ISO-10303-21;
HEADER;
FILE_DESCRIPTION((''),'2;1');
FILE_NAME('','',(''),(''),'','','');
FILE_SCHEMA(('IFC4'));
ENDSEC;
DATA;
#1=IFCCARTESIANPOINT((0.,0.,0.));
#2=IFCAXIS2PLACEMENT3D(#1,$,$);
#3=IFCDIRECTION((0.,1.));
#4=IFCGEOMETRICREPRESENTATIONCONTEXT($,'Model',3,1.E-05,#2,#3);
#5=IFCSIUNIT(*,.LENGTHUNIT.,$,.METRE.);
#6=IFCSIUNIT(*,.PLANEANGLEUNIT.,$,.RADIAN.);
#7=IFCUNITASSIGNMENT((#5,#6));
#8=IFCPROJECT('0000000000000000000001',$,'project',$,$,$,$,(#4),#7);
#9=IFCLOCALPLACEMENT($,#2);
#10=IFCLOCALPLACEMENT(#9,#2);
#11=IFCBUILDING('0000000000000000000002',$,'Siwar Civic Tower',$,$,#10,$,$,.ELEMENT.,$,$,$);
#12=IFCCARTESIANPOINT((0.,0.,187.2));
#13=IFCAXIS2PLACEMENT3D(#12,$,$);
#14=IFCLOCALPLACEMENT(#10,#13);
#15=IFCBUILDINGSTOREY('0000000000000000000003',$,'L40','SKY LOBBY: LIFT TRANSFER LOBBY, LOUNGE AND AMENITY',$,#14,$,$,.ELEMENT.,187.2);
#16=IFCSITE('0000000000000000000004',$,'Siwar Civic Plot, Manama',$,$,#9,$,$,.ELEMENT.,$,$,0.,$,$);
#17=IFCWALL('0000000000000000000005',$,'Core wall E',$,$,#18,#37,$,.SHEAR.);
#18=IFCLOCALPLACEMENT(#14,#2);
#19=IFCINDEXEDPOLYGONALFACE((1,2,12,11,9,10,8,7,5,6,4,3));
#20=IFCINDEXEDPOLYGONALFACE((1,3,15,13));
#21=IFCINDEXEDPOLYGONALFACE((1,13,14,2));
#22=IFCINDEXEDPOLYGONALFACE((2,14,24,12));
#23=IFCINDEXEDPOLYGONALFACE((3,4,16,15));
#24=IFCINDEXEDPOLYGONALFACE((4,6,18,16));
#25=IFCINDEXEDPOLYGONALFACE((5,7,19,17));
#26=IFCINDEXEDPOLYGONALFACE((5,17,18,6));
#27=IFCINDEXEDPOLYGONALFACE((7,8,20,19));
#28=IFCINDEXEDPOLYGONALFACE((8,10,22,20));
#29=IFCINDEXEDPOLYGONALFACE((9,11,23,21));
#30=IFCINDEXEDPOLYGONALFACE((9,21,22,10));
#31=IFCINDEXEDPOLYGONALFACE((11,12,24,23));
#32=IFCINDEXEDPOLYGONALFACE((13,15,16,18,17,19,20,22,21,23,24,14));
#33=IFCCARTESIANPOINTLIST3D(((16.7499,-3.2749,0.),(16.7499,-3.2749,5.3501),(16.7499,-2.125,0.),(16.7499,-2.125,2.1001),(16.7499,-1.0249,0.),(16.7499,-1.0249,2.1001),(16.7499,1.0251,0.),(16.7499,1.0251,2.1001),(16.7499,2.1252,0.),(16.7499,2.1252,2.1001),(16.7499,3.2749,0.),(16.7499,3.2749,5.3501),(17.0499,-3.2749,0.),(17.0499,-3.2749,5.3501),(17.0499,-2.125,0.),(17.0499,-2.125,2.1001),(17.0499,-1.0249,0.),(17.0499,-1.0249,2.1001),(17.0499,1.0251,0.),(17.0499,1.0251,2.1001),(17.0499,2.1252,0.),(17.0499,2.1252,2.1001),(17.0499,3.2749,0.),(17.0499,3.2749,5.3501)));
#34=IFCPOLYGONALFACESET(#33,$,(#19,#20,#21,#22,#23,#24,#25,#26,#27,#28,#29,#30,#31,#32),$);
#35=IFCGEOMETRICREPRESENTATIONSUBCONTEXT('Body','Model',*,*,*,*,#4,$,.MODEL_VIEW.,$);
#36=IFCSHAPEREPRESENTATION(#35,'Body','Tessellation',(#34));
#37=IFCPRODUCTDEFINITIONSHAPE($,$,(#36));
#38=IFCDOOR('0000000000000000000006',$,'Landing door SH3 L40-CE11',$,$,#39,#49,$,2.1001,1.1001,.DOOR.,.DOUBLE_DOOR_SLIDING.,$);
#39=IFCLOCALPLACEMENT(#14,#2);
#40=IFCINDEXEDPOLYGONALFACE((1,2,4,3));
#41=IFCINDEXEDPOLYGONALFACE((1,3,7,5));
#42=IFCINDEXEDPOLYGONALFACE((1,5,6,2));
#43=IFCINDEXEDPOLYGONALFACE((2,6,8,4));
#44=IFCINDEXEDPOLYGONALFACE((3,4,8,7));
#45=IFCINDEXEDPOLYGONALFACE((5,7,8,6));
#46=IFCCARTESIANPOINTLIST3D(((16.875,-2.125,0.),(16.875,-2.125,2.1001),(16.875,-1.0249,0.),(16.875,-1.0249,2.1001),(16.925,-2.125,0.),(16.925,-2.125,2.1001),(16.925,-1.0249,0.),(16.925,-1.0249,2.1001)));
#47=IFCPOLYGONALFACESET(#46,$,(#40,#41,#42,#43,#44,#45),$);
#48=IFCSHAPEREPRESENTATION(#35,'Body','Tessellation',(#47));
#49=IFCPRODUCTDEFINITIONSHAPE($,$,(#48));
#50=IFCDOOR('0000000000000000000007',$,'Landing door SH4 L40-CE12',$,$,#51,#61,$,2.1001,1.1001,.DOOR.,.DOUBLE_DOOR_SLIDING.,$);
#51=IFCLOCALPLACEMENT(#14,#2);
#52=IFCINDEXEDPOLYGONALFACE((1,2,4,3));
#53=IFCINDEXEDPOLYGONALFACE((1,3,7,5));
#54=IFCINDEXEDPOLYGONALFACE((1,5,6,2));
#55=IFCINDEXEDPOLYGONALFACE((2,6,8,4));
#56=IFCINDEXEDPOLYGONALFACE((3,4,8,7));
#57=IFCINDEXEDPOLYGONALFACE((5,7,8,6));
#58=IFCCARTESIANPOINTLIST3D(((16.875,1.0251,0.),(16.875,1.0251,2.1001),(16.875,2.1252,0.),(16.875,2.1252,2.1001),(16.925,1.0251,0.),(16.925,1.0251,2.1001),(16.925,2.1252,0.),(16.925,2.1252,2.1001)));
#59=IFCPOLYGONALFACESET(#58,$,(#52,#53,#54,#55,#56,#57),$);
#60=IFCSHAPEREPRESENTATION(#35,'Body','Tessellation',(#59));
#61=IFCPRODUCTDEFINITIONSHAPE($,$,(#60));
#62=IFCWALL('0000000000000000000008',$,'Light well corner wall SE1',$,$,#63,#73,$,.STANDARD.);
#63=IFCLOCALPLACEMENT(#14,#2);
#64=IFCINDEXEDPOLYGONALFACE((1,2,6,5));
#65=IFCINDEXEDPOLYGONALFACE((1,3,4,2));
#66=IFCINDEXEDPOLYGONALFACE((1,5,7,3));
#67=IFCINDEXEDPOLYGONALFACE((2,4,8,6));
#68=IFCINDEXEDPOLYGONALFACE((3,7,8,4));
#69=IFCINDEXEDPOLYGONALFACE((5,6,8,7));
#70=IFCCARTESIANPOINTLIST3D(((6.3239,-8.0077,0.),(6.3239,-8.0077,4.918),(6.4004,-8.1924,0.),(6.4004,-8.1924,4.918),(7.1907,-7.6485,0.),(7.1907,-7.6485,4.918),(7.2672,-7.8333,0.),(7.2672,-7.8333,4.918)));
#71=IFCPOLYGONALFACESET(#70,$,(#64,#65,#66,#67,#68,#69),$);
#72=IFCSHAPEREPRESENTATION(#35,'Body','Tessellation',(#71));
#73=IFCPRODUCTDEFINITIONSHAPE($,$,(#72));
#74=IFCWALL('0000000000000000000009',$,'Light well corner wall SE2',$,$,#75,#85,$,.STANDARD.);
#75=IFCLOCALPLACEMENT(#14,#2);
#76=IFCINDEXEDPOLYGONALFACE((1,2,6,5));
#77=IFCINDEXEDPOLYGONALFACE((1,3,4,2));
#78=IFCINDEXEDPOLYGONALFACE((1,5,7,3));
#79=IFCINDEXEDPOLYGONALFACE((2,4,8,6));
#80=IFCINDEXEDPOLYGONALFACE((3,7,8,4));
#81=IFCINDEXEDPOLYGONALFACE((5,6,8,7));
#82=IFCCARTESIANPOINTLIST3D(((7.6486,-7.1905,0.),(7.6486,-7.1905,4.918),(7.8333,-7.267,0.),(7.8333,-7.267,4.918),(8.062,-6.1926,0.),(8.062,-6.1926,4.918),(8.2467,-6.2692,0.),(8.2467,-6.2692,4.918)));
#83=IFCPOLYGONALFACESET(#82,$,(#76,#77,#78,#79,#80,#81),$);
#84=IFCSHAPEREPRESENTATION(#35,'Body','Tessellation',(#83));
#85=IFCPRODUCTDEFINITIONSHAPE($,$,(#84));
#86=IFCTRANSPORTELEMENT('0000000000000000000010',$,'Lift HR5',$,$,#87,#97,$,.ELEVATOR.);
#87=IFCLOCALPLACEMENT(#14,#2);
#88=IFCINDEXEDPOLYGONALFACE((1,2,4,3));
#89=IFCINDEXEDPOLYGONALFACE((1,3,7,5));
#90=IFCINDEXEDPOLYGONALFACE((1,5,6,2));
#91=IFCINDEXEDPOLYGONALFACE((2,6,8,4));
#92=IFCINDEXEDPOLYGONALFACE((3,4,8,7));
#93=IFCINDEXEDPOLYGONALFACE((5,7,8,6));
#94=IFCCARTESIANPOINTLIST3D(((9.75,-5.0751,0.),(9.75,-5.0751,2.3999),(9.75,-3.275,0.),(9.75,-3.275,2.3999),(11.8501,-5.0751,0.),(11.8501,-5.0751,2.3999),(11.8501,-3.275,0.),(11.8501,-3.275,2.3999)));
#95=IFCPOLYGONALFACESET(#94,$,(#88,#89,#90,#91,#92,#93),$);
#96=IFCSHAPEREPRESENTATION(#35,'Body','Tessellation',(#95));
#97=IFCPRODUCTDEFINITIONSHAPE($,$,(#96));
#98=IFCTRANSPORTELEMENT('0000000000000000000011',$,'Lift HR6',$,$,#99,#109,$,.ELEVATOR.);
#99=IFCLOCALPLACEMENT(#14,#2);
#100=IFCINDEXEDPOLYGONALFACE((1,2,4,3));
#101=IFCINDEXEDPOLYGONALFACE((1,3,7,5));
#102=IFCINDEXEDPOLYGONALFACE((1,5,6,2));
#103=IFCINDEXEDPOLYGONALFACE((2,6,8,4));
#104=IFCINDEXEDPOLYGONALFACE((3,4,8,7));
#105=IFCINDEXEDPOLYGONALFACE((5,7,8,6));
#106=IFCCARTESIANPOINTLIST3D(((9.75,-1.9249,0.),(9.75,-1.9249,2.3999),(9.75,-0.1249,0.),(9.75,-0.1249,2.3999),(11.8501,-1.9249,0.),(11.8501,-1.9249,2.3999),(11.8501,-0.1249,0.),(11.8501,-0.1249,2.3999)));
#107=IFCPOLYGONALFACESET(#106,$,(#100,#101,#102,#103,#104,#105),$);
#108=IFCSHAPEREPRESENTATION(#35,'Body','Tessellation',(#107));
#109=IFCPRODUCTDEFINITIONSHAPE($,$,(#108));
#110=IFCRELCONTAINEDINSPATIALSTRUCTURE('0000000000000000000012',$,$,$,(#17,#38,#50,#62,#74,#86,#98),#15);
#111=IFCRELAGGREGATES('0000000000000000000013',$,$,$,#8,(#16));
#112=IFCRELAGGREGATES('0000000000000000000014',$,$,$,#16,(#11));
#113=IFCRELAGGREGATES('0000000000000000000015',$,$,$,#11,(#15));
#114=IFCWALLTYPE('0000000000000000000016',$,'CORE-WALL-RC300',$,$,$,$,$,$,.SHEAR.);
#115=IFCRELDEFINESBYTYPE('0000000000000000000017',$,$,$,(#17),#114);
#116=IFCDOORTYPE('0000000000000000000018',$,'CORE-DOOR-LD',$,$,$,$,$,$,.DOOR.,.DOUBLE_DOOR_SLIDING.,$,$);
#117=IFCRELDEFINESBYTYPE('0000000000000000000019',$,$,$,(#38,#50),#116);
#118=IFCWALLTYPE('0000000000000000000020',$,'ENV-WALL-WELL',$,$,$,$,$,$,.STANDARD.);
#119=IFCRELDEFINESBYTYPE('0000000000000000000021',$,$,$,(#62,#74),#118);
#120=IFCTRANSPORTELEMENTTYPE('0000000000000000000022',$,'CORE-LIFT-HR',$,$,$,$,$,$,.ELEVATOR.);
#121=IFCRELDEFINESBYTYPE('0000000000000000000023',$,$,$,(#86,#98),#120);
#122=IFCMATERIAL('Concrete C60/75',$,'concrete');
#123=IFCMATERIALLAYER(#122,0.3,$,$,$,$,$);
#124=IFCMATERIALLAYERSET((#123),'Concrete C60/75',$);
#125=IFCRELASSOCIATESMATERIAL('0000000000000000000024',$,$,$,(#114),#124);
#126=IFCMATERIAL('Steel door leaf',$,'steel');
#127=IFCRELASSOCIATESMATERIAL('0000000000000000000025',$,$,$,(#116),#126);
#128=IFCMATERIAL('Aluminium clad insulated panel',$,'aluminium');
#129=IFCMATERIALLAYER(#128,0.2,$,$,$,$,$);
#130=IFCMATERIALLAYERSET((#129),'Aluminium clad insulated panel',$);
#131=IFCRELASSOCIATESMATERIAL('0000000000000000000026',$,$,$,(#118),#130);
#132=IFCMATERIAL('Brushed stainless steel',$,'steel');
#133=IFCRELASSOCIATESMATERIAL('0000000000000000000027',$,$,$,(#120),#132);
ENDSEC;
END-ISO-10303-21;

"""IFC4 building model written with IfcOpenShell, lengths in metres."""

from ifc_helpers import new_model, si_unit, direction, frame, frame_2d, origin, origin_2d, place, context, subcontext, project, spatial, rectangle, extrude, material, layer, layer_set, type_object, element, fill, save


model = new_model("IFC4")

# Units and contexts
model_context = context("Model", 3, precision=1e-05, world=origin(), true_north=direction((0.0, 1.0)))
body_context = subcontext(model_context, "Body", "Model", "MODEL_VIEW")
ifc_project = project(units=[si_unit("LENGTHUNIT", "METRE"), si_unit("PLANEANGLEUNIT", "RADIAN")], contexts=[model_context])

# Site, building, storey
site_placement = place(None, origin())
site = spatial("IfcSite", under=ifc_project, at=site_placement, Name="Siwar Civic Plot, Manama", CompositionType="ELEMENT", RefElevation=0.0)
building_placement = place(site_placement, origin())
building = spatial("IfcBuilding", under=site, at=building_placement, Name="Siwar Civic Tower", CompositionType="ELEMENT")
storey_placement = place(building_placement, frame((0.0, 0.0, 187.2)))
storey = spatial("IfcBuildingStorey", under=building, at=storey_placement, Name="L40", Description="SKY LOBBY: LIFT TRANSFER LOBBY, LOUNGE AND AMENITY", CompositionType="ELEMENT", Elevation=187.2)

# Wall, openings, doors
ifc_material_1 = material(Name="Concrete C60/75", Category="concrete")
ifc_layer_1 = layer(ifc_material_1, 0.3)
ifc_layer_set_1 = layer_set([ifc_layer_1], Name="Concrete C60/75")
wall_type_1 = type_object("IfcWallType", Name="CORE-WALL-RC300", PredefinedType="SHEAR", material=ifc_layer_set_1)
ifc_material_2 = material(Name="Steel door leaf", Category="steel")
door_type_1 = type_object("IfcDoorType", Name="CORE-DOOR-LD", OperationType="DOUBLE_DOOR_SLIDING", PredefinedType="DOOR", material=ifc_material_2)
wall_1_placement = place(storey_placement, frame((16.8999, -3.2749, 0.0), z_axis=(0.0, 0.0, 1.0), x_axis=(0.0, 1.0, 0.0)))
wall_1 = element("IfcWall", 1, at=wall_1_placement, inside=storey, type_object=wall_type_1, Name="Core wall E", PredefinedType="SHEAR", context=body_context, shape_type="SweptSolid", body=[
    extrude(rectangle(XDim=6.5498, YDim=0.3, at=frame_2d((3.2749, 0.0))), origin(), (0.0, 0.0, 1.0), 5.3501),
])
opening_1_placement = place(wall_1_placement, frame((1.1499, 0.0, 0.0)))
opening_1 = element("IfcOpeningElement", 2, at=opening_1_placement, cuts=wall_1, PredefinedType="OPENING", context=body_context, shape_type="SweptSolid", body=[
    extrude(rectangle(XDim=1.1001, YDim=2.1001, at=frame_2d((0.55, 1.05))), frame((0.0, 0.1602, 0.0), z_axis=(0.0, -1.0, 0.0), x_axis=(1.0, 0.0, 0.0)), (0.0, 0.0, 1.0), 0.3201),
])
opening_2_placement = place(wall_1_placement, frame((4.3, 0.0, 0.0)))
opening_2 = element("IfcOpeningElement", 3, at=opening_2_placement, cuts=wall_1, PredefinedType="OPENING", context=body_context, shape_type="SweptSolid", body=[
    extrude(rectangle(XDim=1.1001, YDim=2.1001, at=frame_2d((0.55, 1.05))), frame((0.0, 0.1602, 0.0), z_axis=(0.0, -1.0, 0.0), x_axis=(1.0, 0.0, 0.0)), (0.0, 0.0, 1.0), 0.3201),
])
door_1_placement = place(opening_1_placement, origin())
door_1 = element("IfcDoor", 4, at=door_1_placement, inside=storey, type_object=door_type_1, Name="Landing door SH3 L40-CE11", OperationType="DOUBLE_DOOR_SLIDING", OverallHeight=2.1001, OverallWidth=1.1001, PredefinedType="DOOR", context=body_context, shape_type="SweptSolid", body=[
    extrude(rectangle(XDim=1.1001, YDim=2.1001, at=frame_2d((0.55, 1.05))), frame((0.0, 0.0249, 0.0), z_axis=(0.0, -1.0, 0.0), x_axis=(1.0, 0.0, 0.0)), (0.0, 0.0, 1.0), 0.05),
])
fill(opening_1, door_1)
door_2_placement = place(opening_2_placement, origin())
door_2 = element("IfcDoor", 5, at=door_2_placement, inside=storey, type_object=door_type_1, Name="Landing door SH4 L40-CE12", OperationType="DOUBLE_DOOR_SLIDING", OverallHeight=2.1001, OverallWidth=1.1001, PredefinedType="DOOR", context=body_context, shape_type="SweptSolid", body=[
    extrude(rectangle(XDim=1.1001, YDim=2.1001, at=frame_2d((0.55, 1.05))), frame((0.0, 0.0249, 0.0), z_axis=(0.0, -1.0, 0.0), x_axis=(1.0, 0.0, 0.0)), (0.0, 0.0, 1.0), 0.05),
])
fill(opening_2, door_2)

# Walls
ifc_material_3 = material(Name="Aluminium clad insulated panel", Category="aluminium")
ifc_layer_2 = layer(ifc_material_3, 0.2)
ifc_layer_set_2 = layer_set([ifc_layer_2], Name="Aluminium clad insulated panel")
wall_type_2 = type_object("IfcWallType", Name="ENV-WALL-WELL", PredefinedType="STANDARD", material=ifc_layer_set_2)
wall_2_placement = place(storey_placement, frame((6.3621, -8.1001, 0.0), z_axis=(0.0, 0.0, 1.0), x_axis=(0.92383, 0.382804, 0.0)))
element("IfcWall", 6, at=wall_2_placement, inside=storey, type_object=wall_type_2, Name="Light well corner wall SE1", PredefinedType="STANDARD", context=body_context, shape_type="SweptSolid", body=[
    extrude(rectangle(XDim=0.9382, YDim=0.2, at=frame_2d((0.4692, 0.0))), origin(), (0.0, 0.0, 1.0), 4.918),
])
wall_3_placement = place(storey_placement, frame((7.741, -7.2288, 0.0), z_axis=(0.0, 0.0, 1.0), x_axis=(0.382704, 0.923871, 0.0)))
element("IfcWall", 7, at=wall_3_placement, inside=storey, type_object=wall_type_2, Name="Light well corner wall SE2", PredefinedType="STANDARD", context=body_context, shape_type="SweptSolid", body=[
    extrude(rectangle(XDim=1.0801, YDim=0.2, at=frame_2d((0.54, 0.0))), origin(), (0.0, 0.0, 1.0), 4.918),
])

# Transport elements
ifc_material_4 = material(Name="Brushed stainless steel", Category="steel")
transport_element_type = type_object("IfcTransportElementType", Name="CORE-LIFT-HR", PredefinedType="ELEVATOR", material=ifc_material_4)
for number, where, z_axis, x_axis, name in (
    (8, (10.8, -4.175, 0.0), (0.0, 0.0, 1.0), (1.0, 0.0, 0.0), "Lift HR5"),
    (9, (10.8, -1.0249, 0.0), (0.0, 0.0, 1.0), (1.0, 0.0, 0.0), "Lift HR6"),
):
    element("IfcTransportElement", number, at=place(storey_placement, frame(where, z_axis=z_axis, x_axis=x_axis)), inside=storey, type_object=transport_element_type, Name=name, PredefinedType="ELEVATOR", context=body_context, shape_type="SweptSolid", body=[
        extrude(rectangle(XDim=2.1001, YDim=1.8, at=origin_2d()), origin(), (0.0, 0.0, 1.0), 2.3999),
    ])

save(model, "model.ifc")
